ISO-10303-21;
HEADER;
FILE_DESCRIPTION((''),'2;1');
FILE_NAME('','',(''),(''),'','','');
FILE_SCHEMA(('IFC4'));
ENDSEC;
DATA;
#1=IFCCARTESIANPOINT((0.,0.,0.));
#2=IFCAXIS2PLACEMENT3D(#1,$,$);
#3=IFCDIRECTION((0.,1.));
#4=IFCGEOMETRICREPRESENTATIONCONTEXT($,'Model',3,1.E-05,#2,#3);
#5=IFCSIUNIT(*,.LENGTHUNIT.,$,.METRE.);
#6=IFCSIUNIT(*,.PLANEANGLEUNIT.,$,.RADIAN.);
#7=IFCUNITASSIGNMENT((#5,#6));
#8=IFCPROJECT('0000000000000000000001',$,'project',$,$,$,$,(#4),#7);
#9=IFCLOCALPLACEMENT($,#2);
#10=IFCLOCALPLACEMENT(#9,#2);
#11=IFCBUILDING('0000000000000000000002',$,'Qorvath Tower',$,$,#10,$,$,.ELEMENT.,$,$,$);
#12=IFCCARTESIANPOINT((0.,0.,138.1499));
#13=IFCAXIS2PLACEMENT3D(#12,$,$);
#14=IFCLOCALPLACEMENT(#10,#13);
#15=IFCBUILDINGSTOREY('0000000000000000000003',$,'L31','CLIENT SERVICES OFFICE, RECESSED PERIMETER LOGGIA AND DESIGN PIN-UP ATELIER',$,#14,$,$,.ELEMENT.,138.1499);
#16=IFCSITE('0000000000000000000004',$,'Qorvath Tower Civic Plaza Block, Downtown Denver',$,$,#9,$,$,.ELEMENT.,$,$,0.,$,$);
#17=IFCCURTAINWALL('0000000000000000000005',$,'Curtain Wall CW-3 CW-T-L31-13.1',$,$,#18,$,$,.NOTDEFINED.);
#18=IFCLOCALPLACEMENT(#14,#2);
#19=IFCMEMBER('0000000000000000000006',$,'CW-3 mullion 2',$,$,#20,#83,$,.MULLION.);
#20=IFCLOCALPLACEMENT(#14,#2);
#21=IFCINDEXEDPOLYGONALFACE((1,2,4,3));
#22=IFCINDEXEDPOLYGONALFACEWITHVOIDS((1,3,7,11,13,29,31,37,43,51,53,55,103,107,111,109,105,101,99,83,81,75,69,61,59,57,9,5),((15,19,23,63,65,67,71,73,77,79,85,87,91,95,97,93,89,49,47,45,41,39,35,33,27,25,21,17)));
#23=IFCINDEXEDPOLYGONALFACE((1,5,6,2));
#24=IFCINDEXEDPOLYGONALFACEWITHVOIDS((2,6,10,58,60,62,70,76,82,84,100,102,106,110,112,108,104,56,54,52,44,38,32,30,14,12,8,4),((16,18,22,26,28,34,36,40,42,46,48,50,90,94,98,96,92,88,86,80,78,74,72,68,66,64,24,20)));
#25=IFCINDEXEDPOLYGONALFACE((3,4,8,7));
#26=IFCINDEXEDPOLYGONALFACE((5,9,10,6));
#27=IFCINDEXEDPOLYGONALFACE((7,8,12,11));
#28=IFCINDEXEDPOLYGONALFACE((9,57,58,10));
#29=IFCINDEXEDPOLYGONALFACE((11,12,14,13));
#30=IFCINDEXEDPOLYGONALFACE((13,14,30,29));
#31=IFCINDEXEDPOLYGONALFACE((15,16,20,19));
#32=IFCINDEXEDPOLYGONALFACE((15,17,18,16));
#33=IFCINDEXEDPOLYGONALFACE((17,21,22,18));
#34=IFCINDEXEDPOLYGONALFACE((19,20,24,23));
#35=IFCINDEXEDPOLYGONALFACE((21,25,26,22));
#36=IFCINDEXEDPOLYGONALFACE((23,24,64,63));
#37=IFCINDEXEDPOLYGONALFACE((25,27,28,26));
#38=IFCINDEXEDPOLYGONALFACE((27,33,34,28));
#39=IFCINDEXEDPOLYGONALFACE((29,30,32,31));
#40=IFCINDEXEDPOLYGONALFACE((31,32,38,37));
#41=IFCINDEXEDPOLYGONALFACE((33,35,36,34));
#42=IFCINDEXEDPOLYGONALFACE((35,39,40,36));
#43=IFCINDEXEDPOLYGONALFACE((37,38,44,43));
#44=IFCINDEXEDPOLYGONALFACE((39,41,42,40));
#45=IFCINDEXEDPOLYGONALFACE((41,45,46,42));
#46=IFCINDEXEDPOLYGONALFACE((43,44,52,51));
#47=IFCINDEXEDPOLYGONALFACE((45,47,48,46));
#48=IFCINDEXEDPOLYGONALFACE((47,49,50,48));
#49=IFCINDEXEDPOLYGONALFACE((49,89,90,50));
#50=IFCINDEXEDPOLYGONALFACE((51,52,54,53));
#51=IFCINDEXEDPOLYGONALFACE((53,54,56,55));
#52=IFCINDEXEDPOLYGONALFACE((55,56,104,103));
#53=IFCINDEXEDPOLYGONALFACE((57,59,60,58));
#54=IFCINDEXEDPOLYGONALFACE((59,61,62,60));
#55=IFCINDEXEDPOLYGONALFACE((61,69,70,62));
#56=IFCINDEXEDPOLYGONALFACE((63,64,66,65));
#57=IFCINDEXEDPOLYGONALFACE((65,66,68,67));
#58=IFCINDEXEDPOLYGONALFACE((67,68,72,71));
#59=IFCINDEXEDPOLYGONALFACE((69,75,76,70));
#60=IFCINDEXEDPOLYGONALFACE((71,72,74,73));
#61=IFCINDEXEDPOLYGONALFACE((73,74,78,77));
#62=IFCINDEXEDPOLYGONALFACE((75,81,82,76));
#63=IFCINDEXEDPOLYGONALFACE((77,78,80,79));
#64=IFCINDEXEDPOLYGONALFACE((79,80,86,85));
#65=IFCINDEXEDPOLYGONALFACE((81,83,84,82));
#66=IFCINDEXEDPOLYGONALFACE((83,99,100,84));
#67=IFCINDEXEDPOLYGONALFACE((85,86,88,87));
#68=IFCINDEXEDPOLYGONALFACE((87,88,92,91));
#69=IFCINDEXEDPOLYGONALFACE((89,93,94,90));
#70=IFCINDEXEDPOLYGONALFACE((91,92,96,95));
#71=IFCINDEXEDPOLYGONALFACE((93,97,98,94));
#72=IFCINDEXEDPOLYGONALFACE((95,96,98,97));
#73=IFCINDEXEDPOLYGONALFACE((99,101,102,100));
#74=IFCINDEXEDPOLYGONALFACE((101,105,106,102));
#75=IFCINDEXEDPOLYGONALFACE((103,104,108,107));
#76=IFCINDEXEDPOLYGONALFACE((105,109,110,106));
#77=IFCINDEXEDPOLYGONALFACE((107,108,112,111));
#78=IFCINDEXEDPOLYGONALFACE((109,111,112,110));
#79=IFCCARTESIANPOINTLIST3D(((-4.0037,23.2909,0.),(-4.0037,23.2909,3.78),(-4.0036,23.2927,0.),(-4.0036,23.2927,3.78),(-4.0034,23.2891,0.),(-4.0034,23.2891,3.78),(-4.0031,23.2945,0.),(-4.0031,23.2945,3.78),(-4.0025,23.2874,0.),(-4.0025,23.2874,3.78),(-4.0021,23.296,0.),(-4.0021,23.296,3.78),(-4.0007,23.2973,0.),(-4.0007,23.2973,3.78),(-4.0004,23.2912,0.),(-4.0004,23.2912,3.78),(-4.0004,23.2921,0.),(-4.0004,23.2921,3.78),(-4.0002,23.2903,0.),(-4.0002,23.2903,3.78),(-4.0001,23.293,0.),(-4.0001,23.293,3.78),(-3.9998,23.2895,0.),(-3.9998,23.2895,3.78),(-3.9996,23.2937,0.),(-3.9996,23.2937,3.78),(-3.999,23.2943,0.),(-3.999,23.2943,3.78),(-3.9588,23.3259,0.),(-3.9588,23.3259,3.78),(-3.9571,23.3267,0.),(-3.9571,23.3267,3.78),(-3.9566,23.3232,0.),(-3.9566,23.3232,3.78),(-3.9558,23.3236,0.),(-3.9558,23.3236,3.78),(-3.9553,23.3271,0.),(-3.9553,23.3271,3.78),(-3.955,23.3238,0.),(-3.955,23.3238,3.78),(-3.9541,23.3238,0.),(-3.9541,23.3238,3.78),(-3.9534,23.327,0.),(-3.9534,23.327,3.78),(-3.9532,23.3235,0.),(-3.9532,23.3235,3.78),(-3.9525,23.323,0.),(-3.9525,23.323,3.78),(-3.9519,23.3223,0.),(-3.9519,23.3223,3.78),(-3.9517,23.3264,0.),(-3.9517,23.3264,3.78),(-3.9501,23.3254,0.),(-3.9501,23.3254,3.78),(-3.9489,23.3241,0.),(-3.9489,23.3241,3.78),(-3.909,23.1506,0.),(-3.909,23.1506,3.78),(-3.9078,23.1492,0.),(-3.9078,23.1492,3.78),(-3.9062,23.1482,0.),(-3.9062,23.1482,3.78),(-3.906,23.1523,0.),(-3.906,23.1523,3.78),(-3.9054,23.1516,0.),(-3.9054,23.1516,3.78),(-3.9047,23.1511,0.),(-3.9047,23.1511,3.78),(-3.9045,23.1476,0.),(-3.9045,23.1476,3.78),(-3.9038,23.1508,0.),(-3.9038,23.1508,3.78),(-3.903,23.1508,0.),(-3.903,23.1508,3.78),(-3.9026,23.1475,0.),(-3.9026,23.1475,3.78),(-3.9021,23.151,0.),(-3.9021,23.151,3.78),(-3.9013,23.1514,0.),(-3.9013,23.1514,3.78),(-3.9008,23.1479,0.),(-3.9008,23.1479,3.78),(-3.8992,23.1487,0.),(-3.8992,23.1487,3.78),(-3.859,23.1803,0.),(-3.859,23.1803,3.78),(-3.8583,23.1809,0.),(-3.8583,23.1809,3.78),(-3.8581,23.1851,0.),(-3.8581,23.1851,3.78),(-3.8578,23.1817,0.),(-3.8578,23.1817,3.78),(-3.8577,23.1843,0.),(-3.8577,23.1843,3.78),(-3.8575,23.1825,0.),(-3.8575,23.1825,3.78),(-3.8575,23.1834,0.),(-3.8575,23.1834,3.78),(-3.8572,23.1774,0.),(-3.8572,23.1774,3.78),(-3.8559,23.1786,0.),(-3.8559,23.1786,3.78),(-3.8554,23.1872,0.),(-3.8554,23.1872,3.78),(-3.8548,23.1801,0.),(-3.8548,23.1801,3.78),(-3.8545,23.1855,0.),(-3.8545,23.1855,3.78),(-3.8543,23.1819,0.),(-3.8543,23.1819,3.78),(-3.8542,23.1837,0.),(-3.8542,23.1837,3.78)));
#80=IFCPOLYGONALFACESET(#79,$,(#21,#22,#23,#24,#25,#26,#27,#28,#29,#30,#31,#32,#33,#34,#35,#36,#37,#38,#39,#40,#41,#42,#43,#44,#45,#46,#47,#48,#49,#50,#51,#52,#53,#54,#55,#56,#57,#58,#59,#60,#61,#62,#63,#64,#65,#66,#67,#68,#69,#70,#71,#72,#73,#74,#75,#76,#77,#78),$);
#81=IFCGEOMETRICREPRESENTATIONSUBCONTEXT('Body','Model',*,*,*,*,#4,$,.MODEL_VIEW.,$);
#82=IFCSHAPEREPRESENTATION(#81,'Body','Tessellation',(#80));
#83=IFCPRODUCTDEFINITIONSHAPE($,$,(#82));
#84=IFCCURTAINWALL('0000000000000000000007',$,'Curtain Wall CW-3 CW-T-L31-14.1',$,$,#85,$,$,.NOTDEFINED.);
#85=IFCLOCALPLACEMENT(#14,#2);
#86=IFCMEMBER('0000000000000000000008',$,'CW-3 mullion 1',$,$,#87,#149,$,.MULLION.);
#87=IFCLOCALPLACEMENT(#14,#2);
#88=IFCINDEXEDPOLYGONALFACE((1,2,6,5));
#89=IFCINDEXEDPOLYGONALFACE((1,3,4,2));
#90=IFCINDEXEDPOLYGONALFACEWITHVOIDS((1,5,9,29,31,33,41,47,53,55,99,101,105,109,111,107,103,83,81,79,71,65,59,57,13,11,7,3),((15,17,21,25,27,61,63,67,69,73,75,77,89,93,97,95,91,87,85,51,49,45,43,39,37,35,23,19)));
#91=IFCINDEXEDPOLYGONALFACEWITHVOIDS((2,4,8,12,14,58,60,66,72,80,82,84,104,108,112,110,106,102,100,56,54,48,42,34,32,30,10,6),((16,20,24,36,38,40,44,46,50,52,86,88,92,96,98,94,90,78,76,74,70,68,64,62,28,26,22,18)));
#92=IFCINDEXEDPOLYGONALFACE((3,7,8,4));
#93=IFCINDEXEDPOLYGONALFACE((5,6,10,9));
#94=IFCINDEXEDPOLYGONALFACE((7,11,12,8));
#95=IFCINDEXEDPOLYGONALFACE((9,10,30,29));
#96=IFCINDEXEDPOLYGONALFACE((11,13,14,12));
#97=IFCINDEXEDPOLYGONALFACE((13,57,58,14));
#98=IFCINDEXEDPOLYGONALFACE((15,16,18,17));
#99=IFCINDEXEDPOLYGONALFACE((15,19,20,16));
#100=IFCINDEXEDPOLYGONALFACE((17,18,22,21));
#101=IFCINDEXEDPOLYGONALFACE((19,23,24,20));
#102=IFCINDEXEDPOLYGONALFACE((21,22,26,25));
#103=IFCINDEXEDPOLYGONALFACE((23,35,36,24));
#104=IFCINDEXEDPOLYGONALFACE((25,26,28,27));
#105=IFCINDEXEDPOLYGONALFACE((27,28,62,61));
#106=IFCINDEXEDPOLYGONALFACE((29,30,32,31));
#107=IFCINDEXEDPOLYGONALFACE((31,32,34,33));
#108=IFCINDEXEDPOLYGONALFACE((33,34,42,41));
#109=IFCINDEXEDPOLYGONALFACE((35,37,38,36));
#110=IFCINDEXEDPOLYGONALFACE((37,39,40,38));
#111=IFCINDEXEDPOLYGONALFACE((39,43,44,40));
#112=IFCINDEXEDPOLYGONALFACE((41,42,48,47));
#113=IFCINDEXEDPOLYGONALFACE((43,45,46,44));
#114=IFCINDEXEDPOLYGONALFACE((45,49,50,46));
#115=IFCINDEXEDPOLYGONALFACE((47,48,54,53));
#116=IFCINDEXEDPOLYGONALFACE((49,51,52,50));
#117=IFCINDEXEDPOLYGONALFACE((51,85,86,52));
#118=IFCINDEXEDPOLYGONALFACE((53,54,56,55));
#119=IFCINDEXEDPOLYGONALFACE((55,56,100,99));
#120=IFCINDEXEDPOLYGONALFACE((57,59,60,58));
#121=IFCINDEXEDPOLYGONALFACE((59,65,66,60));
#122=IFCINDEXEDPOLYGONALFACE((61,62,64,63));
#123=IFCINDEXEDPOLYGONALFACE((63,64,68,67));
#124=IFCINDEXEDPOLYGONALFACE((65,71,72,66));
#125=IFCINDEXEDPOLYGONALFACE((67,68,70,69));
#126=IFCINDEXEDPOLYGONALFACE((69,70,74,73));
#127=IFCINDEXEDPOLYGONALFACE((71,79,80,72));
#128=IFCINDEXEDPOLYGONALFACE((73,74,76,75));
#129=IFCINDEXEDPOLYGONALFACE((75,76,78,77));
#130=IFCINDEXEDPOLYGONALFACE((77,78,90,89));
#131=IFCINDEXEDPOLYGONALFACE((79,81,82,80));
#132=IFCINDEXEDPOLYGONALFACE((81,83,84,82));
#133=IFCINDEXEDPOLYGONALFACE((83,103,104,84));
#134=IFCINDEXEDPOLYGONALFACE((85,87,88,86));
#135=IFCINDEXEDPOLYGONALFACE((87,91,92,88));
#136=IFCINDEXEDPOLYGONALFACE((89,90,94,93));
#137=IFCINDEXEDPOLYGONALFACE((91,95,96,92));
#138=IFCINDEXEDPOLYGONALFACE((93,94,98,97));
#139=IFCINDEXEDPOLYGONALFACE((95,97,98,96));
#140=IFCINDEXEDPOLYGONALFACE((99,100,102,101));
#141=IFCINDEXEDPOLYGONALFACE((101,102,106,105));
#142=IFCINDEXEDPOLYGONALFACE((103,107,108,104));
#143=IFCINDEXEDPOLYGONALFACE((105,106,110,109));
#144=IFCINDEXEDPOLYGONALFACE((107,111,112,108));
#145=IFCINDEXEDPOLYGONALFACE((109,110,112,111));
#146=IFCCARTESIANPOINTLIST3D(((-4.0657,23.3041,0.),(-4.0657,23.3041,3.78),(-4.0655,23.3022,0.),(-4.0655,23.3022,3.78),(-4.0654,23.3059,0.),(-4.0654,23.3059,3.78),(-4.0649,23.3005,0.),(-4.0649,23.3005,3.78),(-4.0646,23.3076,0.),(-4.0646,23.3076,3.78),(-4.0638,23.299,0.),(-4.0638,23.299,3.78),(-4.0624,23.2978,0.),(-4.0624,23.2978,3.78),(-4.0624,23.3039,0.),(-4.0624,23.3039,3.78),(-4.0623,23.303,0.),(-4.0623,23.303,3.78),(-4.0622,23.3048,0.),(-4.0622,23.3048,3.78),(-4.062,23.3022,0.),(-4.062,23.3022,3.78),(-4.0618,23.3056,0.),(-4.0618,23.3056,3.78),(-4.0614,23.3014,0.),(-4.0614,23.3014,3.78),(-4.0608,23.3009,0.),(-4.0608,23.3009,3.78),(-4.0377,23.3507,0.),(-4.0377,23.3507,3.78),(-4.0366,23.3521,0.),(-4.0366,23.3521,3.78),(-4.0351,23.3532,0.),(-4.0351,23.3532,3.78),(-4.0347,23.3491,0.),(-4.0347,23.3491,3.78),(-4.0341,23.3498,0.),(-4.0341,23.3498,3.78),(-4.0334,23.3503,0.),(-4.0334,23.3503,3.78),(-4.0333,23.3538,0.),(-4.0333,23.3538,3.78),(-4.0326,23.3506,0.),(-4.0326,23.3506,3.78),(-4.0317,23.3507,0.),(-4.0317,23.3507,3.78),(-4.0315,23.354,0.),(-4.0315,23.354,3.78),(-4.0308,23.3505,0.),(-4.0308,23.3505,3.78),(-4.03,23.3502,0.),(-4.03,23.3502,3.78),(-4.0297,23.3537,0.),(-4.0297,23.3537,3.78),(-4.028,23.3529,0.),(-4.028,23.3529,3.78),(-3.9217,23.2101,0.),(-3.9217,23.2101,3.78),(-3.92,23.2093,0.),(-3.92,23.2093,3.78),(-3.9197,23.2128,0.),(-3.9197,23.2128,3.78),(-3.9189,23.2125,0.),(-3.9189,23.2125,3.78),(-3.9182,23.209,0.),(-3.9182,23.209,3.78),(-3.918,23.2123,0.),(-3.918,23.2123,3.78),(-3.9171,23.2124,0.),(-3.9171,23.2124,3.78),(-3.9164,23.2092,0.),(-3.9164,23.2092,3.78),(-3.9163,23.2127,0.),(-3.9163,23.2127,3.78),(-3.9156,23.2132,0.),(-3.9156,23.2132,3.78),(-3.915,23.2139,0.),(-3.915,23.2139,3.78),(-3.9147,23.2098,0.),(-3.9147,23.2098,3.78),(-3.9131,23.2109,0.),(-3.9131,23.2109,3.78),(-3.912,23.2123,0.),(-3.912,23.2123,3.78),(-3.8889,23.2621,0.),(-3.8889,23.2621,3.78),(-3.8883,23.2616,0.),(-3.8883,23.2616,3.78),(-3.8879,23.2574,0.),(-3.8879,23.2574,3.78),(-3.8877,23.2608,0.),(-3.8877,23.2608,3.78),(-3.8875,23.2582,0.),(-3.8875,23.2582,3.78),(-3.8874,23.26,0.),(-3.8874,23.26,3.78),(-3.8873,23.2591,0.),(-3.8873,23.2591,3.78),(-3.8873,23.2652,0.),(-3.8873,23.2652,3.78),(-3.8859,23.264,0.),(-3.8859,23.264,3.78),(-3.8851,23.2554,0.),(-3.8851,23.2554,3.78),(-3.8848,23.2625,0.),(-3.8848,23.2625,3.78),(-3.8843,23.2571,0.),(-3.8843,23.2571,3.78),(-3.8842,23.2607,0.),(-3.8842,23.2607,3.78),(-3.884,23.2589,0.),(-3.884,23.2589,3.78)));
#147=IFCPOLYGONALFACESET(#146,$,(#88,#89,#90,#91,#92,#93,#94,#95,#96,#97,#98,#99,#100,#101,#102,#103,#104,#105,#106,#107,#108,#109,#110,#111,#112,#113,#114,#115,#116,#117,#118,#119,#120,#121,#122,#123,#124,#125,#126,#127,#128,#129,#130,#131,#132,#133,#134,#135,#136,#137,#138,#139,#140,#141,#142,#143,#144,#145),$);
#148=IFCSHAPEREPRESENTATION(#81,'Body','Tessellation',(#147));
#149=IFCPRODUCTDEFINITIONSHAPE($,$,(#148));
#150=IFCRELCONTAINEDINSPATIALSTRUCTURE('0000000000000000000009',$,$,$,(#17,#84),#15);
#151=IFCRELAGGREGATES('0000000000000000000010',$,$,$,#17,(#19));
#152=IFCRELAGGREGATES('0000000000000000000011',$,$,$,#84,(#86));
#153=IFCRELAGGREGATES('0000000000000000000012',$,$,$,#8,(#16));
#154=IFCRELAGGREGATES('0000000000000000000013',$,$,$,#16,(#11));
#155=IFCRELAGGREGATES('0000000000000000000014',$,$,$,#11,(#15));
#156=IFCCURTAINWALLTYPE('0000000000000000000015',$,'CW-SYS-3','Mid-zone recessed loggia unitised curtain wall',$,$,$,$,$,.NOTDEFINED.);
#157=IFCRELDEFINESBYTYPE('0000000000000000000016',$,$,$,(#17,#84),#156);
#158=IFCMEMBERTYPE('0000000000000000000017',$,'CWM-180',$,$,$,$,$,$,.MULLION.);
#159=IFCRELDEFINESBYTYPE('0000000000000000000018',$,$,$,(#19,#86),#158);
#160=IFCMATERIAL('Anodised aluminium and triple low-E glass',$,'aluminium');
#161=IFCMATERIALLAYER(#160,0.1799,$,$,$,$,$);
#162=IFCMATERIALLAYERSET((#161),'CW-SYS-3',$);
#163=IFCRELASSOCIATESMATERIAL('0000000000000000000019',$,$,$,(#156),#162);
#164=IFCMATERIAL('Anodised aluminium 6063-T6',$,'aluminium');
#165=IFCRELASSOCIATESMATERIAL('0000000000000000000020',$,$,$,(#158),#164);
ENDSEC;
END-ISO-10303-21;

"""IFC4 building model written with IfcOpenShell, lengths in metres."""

from ifc_helpers import new_model, si_unit, direction, frame, origin, origin_2d, place, context, subcontext, project, spatial, hollow_rectangle, extrude, material, layer, layer_set, material_profile, profile_set, type_object, element, aggregate, save


model = new_model("IFC4")

# Units and contexts
model_context = context("Model", 3, precision=1e-05, world=origin(), true_north=direction((0.0, 1.0)))
body_context = subcontext(model_context, "Body", "Model", "MODEL_VIEW")
ifc_project = project(units=[si_unit("LENGTHUNIT", "METRE"), si_unit("PLANEANGLEUNIT", "RADIAN")], contexts=[model_context])

# Site, building, storey
site_placement = place(None, origin())
site = spatial("IfcSite", under=ifc_project, at=site_placement, Name="Qorvath Tower Civic Plaza Block, Downtown Denver", CompositionType="ELEMENT", RefElevation=0.0)
building_placement = place(site_placement, origin())
building = spatial("IfcBuilding", under=site, at=building_placement, Name="Qorvath Tower", CompositionType="ELEMENT")
storey_placement = place(building_placement, frame((0.0, 0.0, 138.1499)))
storey = spatial("IfcBuildingStorey", under=building, at=storey_placement, Name="L31", Description="CLIENT SERVICES OFFICE, RECESSED PERIMETER LOGGIA AND DESIGN PIN-UP ATELIER", CompositionType="ELEMENT", Elevation=138.1499)

# Shared definitions
ifc_material_1 = material(Name="Anodised aluminium and triple low-E glass", Category="aluminium")
ifc_layer_1 = layer(ifc_material_1, 0.1799)
ifc_layer_set_1 = layer_set([ifc_layer_1], Name="CW-SYS-3")
curtain_wall_type = type_object("IfcCurtainWallType", Name="CW-SYS-3", Description="Mid-zone recessed loggia unitised curtain wall", PredefinedType="NOTDEFINED", material=ifc_layer_set_1)
ifc_material_2 = material(Name="Anodised aluminium 6063-T6", Category="aluminium")
ifc_material_profile_1 = material_profile(ifc_material_2, hollow_rectangle(XDim=0.0649, YDim=0.1799, WallThickness=0.0034, InnerFilletRadius=0.0034, OuterFilletRadius=0.0071, at=origin_2d()), Name="CWM 180x65")
ifc_profile_set_1 = profile_set([ifc_material_profile_1], Name="Anodised aluminium 6063-T6")
member_type_1 = type_object("IfcMemberType", Name="CWM-180", PredefinedType="MULLION", material=ifc_profile_set_1)

# Curtain walls, members
curtain_wall_1_placement = place(storey_placement, origin())
curtain_wall_1 = element("IfcCurtainWall", 1, at=curtain_wall_1_placement, inside=storey, type_object=curtain_wall_type, Name="Curtain Wall CW-3 CW-T-L31-13.1", PredefinedType="NOTDEFINED")
member_1_placement = place(storey_placement, frame((-3.929, 23.2373, 0.0), z_axis=(0.0, 0.0, 1.0), x_axis=(-0.825623, -0.564223, 0.0)))
member_1 = element("IfcMember", 2, at=member_1_placement, type_object=member_type_1, Name="CW-3 mullion 2", PredefinedType="MULLION", context=body_context, shape_type="SweptSolid", body=[
    extrude(hollow_rectangle(XDim=0.0649, YDim=0.1799, WallThickness=0.0034, InnerFilletRadius=0.0034, OuterFilletRadius=0.0071, at=origin_2d()), origin(), (0.0, 0.0, 1.0), 3.78),
])
curtain_wall_2_placement = place(storey_placement, origin())
curtain_wall_2 = element("IfcCurtainWall", 3, at=curtain_wall_2_placement, inside=storey, type_object=curtain_wall_type, Name="Curtain Wall CW-3 CW-T-L31-14.1", PredefinedType="NOTDEFINED")
member_2_placement = place(storey_placement, frame((-3.9749, 23.2815, 0.0), z_axis=(0.0, 0.0, 1.0), x_axis=(-0.52944, -0.848347, 0.0)))
member_2 = element("IfcMember", 4, at=member_2_placement, type_object=member_type_1, Name="CW-3 mullion 1", PredefinedType="MULLION", context=body_context, shape_type="SweptSolid", body=[
    extrude(hollow_rectangle(XDim=0.0649, YDim=0.1799, WallThickness=0.0034, InnerFilletRadius=0.0034, OuterFilletRadius=0.0071, at=origin_2d()), origin(), (0.0, 0.0, 1.0), 3.78),
])

aggregate(curtain_wall_1, [member_1])
aggregate(curtain_wall_2, [member_2])

save(model, "model.ifc")
